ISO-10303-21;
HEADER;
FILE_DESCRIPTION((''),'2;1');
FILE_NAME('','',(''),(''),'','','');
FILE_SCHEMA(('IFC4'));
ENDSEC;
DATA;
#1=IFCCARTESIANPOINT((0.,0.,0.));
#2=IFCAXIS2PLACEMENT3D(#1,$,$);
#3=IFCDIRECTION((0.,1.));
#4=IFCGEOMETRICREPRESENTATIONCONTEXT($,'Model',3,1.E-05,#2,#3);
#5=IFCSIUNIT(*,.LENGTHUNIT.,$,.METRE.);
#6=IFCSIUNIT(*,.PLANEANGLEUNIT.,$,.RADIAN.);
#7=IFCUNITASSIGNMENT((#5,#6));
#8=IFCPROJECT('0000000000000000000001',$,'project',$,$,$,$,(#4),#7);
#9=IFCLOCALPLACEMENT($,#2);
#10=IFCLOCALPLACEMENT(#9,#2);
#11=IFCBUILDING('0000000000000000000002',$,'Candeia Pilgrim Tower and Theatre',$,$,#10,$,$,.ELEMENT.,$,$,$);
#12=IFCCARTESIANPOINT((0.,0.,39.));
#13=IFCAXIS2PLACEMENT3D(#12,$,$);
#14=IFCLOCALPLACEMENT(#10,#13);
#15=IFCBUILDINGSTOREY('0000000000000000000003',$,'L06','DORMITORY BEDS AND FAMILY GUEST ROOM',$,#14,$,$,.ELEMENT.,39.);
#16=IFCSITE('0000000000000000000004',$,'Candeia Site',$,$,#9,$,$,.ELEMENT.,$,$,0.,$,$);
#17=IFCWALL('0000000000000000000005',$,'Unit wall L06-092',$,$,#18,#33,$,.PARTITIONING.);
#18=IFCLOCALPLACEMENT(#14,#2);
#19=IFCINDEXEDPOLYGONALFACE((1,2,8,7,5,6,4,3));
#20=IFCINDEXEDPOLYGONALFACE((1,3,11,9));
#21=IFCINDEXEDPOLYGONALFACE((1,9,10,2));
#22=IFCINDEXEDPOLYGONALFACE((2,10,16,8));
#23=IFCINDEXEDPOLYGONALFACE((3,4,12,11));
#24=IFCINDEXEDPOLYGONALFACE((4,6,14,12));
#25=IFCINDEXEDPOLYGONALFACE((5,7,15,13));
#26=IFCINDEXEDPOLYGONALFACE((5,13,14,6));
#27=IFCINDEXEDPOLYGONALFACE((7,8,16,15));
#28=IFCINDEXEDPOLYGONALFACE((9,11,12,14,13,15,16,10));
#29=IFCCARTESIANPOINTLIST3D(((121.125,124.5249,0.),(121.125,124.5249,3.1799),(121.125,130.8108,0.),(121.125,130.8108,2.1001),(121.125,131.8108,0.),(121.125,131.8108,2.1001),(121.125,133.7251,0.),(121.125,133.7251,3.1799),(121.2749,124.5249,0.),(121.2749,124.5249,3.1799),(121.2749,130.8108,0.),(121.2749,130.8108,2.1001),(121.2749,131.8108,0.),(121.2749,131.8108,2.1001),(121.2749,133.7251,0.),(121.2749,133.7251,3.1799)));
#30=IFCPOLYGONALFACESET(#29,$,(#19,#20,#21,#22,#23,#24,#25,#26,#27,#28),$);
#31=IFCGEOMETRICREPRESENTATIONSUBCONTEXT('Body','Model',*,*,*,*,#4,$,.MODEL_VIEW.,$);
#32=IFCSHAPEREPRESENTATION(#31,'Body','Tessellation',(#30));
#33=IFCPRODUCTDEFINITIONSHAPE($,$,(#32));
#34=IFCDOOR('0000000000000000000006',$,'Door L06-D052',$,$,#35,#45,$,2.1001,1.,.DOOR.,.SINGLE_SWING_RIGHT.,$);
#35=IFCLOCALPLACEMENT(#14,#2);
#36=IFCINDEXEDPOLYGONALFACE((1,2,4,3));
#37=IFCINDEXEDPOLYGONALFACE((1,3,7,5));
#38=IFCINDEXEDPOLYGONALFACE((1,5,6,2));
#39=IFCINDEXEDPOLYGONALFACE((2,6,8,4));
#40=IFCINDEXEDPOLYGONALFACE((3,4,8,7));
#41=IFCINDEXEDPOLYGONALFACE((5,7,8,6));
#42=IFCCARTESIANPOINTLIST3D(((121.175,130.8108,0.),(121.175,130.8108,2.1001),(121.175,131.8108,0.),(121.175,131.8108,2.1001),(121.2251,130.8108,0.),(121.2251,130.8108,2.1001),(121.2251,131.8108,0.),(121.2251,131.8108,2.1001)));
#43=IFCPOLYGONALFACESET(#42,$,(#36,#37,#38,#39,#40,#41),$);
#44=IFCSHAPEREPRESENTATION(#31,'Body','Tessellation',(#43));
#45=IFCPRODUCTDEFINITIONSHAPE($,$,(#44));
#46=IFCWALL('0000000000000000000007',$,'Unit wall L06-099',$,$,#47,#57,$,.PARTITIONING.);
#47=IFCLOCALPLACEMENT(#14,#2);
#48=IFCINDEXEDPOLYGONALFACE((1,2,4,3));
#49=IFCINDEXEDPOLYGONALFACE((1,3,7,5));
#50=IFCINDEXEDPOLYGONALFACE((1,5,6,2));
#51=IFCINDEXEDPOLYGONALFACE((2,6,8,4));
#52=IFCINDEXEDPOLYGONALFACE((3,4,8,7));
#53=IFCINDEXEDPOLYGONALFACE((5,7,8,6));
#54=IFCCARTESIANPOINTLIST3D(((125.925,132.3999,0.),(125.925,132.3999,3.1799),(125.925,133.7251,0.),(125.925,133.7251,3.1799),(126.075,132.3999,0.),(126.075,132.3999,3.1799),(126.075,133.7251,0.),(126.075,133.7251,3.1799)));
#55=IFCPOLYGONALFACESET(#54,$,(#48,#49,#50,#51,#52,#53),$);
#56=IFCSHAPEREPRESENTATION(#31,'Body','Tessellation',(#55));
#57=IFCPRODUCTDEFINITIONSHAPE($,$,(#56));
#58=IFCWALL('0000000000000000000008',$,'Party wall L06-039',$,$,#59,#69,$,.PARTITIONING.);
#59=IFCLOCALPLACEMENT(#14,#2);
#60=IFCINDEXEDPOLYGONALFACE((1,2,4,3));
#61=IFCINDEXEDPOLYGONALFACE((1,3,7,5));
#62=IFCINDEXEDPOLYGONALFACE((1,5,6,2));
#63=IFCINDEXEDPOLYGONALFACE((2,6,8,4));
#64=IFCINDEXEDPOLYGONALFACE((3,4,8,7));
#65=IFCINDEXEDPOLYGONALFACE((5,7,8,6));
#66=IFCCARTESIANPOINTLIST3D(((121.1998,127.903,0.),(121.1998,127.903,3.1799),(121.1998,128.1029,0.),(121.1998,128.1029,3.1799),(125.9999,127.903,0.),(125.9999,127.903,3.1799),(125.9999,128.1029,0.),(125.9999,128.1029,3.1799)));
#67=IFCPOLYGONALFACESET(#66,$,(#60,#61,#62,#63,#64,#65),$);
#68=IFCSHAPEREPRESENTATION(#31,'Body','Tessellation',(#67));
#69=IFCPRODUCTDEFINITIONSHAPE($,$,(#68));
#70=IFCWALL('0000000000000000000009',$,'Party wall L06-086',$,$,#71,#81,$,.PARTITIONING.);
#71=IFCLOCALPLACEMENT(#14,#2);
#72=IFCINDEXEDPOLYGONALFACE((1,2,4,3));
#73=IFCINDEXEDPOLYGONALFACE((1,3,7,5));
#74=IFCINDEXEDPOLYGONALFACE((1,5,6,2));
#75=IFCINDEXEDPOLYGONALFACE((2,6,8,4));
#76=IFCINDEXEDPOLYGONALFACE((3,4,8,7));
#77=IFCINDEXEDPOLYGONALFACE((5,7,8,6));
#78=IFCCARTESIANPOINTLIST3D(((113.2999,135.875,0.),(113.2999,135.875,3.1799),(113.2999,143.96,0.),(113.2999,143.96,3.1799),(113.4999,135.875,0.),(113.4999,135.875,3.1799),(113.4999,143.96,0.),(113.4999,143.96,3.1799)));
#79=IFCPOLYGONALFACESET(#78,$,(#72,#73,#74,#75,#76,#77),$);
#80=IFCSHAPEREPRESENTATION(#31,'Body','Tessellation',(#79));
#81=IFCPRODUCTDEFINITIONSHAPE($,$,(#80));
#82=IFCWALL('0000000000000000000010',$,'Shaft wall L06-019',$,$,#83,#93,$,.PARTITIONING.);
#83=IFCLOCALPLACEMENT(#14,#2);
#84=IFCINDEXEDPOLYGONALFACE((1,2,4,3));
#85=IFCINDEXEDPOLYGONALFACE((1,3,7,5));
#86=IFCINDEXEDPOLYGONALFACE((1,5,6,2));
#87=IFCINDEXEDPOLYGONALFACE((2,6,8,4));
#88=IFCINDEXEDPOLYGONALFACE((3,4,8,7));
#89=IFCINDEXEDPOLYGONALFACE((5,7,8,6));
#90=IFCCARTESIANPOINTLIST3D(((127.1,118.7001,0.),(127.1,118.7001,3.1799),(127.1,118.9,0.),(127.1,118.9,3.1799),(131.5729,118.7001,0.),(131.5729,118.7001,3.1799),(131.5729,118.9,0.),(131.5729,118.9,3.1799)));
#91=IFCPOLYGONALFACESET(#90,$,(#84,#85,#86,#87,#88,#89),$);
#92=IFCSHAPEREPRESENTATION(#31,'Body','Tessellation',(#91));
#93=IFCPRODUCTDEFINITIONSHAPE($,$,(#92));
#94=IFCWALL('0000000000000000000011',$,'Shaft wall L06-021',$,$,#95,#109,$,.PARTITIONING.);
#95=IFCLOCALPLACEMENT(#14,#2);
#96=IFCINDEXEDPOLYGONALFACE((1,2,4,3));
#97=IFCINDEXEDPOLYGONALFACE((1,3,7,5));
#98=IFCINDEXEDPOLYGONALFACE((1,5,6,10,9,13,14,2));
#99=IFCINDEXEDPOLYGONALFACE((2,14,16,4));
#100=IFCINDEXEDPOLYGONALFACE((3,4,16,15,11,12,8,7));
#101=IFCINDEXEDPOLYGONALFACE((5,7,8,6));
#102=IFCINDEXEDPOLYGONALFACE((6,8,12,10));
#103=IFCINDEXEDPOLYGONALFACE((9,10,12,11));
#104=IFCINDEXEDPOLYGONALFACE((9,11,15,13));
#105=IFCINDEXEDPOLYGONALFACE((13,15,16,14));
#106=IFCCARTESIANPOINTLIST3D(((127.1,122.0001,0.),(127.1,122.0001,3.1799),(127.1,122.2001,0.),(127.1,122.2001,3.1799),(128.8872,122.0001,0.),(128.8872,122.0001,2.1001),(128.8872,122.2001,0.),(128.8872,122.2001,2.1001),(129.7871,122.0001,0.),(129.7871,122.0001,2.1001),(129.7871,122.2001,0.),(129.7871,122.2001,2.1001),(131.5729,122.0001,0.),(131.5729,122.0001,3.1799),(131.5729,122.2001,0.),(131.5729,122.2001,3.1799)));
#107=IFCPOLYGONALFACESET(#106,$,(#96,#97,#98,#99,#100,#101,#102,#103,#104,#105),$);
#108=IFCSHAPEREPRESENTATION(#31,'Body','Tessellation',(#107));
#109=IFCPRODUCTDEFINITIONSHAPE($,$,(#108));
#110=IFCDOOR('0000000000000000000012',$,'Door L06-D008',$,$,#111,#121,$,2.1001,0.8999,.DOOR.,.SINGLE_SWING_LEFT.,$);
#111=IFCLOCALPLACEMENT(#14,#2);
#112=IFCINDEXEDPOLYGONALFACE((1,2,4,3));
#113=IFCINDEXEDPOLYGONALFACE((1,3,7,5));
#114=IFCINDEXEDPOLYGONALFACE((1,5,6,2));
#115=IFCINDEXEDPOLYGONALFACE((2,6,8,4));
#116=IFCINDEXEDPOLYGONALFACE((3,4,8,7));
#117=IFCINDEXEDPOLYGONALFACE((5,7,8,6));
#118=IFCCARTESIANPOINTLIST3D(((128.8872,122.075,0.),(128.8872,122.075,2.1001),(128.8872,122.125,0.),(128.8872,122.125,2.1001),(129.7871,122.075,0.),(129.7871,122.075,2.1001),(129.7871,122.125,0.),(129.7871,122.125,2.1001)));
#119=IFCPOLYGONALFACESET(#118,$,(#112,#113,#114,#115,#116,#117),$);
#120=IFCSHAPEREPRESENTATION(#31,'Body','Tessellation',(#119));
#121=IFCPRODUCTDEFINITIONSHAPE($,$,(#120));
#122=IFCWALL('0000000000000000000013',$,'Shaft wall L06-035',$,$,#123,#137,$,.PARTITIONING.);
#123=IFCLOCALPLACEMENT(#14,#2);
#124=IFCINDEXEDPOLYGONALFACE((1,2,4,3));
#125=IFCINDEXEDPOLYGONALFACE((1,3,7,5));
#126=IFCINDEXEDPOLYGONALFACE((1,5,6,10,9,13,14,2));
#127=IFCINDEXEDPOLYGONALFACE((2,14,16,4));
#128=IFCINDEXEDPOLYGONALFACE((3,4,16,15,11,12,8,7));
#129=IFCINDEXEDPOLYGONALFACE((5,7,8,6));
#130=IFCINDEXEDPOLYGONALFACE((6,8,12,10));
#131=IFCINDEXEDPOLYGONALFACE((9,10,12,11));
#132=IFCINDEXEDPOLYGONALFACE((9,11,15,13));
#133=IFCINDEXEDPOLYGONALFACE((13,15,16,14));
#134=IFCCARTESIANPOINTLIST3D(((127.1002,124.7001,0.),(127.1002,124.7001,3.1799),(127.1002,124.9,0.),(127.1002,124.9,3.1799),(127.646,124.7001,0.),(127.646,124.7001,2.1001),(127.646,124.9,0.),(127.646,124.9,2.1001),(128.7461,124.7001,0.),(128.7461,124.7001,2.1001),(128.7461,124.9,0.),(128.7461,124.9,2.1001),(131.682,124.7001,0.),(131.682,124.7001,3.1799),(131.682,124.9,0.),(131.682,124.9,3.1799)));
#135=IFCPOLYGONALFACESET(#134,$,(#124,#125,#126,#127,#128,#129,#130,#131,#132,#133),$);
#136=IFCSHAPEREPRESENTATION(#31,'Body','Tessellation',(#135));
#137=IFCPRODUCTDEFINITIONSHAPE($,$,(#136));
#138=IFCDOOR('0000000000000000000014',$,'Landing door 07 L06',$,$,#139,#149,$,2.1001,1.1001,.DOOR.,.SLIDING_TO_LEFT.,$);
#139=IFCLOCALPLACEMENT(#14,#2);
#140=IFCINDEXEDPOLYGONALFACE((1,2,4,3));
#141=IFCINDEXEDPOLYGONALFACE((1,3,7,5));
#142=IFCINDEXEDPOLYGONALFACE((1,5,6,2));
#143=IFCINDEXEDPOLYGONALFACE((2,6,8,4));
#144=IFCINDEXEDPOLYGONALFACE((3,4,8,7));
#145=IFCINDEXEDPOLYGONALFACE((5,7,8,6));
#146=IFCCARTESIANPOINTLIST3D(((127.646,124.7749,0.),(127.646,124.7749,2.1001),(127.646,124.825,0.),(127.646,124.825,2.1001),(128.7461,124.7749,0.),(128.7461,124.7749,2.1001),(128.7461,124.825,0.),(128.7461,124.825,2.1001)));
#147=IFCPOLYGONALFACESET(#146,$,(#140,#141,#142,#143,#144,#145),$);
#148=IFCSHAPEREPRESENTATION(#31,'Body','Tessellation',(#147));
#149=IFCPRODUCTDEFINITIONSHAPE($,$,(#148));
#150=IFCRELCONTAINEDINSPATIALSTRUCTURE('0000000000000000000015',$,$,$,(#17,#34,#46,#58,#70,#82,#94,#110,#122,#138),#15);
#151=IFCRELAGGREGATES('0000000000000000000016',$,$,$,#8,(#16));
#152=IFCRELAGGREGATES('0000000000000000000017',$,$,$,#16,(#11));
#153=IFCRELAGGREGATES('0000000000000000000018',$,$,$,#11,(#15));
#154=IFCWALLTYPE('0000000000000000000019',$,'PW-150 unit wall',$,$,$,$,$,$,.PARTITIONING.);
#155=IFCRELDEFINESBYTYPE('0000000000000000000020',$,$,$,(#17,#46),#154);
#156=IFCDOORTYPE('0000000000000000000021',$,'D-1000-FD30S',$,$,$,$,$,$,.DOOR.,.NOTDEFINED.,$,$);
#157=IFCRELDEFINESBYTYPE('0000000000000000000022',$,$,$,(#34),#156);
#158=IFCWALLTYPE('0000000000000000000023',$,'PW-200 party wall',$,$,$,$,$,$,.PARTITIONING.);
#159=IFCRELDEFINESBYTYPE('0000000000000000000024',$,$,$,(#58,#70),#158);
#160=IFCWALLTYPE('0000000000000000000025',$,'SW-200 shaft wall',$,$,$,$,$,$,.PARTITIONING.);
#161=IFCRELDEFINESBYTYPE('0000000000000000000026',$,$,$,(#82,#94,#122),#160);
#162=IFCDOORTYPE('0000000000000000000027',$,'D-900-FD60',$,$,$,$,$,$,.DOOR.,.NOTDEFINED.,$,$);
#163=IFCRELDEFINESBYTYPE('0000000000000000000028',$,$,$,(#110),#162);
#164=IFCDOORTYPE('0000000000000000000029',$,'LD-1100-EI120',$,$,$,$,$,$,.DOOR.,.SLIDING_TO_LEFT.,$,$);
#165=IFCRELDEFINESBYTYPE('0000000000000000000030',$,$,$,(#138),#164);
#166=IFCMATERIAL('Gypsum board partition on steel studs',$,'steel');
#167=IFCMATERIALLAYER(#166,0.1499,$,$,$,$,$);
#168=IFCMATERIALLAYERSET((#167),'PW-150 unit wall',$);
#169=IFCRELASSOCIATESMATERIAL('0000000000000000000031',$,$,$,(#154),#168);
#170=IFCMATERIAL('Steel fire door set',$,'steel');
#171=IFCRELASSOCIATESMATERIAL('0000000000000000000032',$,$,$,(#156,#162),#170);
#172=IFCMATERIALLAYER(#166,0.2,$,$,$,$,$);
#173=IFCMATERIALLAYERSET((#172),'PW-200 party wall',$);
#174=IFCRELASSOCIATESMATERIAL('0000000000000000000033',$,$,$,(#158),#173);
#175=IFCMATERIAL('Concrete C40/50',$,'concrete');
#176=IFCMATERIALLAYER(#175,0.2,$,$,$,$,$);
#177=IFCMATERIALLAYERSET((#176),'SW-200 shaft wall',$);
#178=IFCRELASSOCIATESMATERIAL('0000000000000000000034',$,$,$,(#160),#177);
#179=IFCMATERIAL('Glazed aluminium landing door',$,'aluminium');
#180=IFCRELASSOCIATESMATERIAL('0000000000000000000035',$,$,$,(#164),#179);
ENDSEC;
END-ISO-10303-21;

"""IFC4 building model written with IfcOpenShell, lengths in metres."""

from ifc_helpers import new_model, si_unit, direction, frame, frame_2d, origin, place, context, subcontext, project, spatial, rectangle, extrude, material, layer, layer_set, type_object, element, fill, save


model = new_model("IFC4")

# Units and contexts
model_context = context("Model", 3, precision=1e-05, world=origin(), true_north=direction((0.0, 1.0)))
body_context = subcontext(model_context, "Body", "Model", "MODEL_VIEW")
ifc_project = project(units=[si_unit("LENGTHUNIT", "METRE"), si_unit("PLANEANGLEUNIT", "RADIAN")], contexts=[model_context])

# Site, building, storey
site_placement = place(None, origin())
site = spatial("IfcSite", under=ifc_project, at=site_placement, Name="Candeia Site", CompositionType="ELEMENT", RefElevation=0.0)
building_placement = place(site_placement, origin())
building = spatial("IfcBuilding", under=site, at=building_placement, Name="Candeia Pilgrim Tower and Theatre", CompositionType="ELEMENT")
storey_placement = place(building_placement, frame((0.0, 0.0, 39.0)))
storey = spatial("IfcBuildingStorey", under=building, at=storey_placement, Name="L06", Description="DORMITORY BEDS AND FAMILY GUEST ROOM", CompositionType="ELEMENT", Elevation=39.0)

# Shared definitions
ifc_material_1 = material(Name="Steel fire door set", Category="steel")
ifc_material_2 = material(Name="Gypsum board partition on steel studs", Category="steel")

# Shared definitions
ifc_layer_1 = layer(ifc_material_2, 0.1499)
ifc_layer_set_1 = layer_set([ifc_layer_1], Name="PW-150 unit wall")
wall_type_1 = type_object("IfcWallType", Name="PW-150 unit wall", PredefinedType="PARTITIONING", material=ifc_layer_set_1)

# Wall, opening, door
door_type_1 = type_object("IfcDoorType", Name="D-1000-FD30S", OperationType="NOTDEFINED", PredefinedType="DOOR", material=ifc_material_1)
wall_1_placement = place(storey_placement, frame((121.2, 124.5249, 0.0), z_axis=(0.0, 0.0, 1.0), x_axis=(0.0, 1.0, 0.0)))
wall_1 = element("IfcWall", 1, at=wall_1_placement, inside=storey, type_object=wall_type_1, Name="Unit wall L06-092", PredefinedType="PARTITIONING", context=body_context, shape_type="SweptSolid", body=[
    extrude(rectangle(XDim=9.2002, YDim=0.1499, at=frame_2d((4.6001, 0.0))), origin(), (0.0, 0.0, 1.0), 3.1799),
])
opening_1_placement = place(wall_1_placement, frame((6.2859, 0.0, 0.0)))
opening_1 = element("IfcOpeningElement", 2, at=opening_1_placement, cuts=wall_1, PredefinedType="OPENING", context=body_context, shape_type="SweptSolid", body=[
    extrude(rectangle(XDim=1.0, YDim=2.1001, at=frame_2d((0.5, 1.05))), frame((0.0, 0.085, 0.0), z_axis=(0.0, -1.0, 0.0), x_axis=(1.0, 0.0, 0.0)), (0.0, 0.0, 1.0), 0.1699),
])
door_1_placement = place(opening_1_placement, origin())
door_1 = element("IfcDoor", 3, at=door_1_placement, inside=storey, type_object=door_type_1, Name="Door L06-D052", OperationType="SINGLE_SWING_RIGHT", OverallHeight=2.1001, OverallWidth=1.0, PredefinedType="DOOR", context=body_context, shape_type="SweptSolid", body=[
    extrude(rectangle(XDim=1.0, YDim=2.1001, at=frame_2d((0.5, 1.05))), frame((0.0, 0.0249, 0.0), z_axis=(0.0, -1.0, 0.0), x_axis=(1.0, 0.0, 0.0)), (0.0, 0.0, 1.0), 0.05),
])
fill(opening_1, door_1)

# Walls
wall_2_placement = place(storey_placement, frame((126.0, 132.3999, 0.0), z_axis=(0.0, 0.0, 1.0), x_axis=(0.0, 1.0, 0.0)))
element("IfcWall", 4, at=wall_2_placement, inside=storey, type_object=wall_type_1, Name="Unit wall L06-099", PredefinedType="PARTITIONING", context=body_context, shape_type="SweptSolid", body=[
    extrude(rectangle(XDim=1.3252, YDim=0.1499, at=frame_2d((0.6626, 0.0))), origin(), (0.0, 0.0, 1.0), 3.1799),
])
ifc_layer_2 = layer(ifc_material_2, 0.2)
ifc_layer_set_2 = layer_set([ifc_layer_2], Name="PW-200 party wall")
wall_type_2 = type_object("IfcWallType", Name="PW-200 party wall", PredefinedType="PARTITIONING", material=ifc_layer_set_2)
wall_3_placement = place(storey_placement, frame((121.2, 128.0029, 0.0), z_axis=(0.0, 0.0, 1.0), x_axis=(1.0, 0.0, 0.0)))
element("IfcWall", 5, at=wall_3_placement, inside=storey, type_object=wall_type_2, Name="Party wall L06-039", PredefinedType="PARTITIONING", context=body_context, shape_type="SweptSolid", body=[
    extrude(rectangle(XDim=4.8, YDim=0.2, at=frame_2d((2.3999, 0.0))), origin(), (0.0, 0.0, 1.0), 3.1799),
])
wall_4_placement = place(storey_placement, frame((113.3999, 135.875, 0.0), z_axis=(0.0, 0.0, 1.0), x_axis=(0.0, 1.0, 0.0)))
element("IfcWall", 6, at=wall_4_placement, inside=storey, type_object=wall_type_2, Name="Party wall L06-086", PredefinedType="PARTITIONING", context=body_context, shape_type="SweptSolid", body=[
    extrude(rectangle(XDim=8.085, YDim=0.2, at=frame_2d((4.0425, 0.0))), origin(), (0.0, 0.0, 1.0), 3.1799),
])
ifc_material_3 = material(Name="Concrete C40/50", Category="concrete")
ifc_layer_3 = layer(ifc_material_3, 0.2)
ifc_layer_set_3 = layer_set([ifc_layer_3], Name="SW-200 shaft wall")
wall_type_3 = type_object("IfcWallType", Name="SW-200 shaft wall", PredefinedType="PARTITIONING", material=ifc_layer_set_3)
wall_5_placement = place(storey_placement, frame((127.1001, 118.8, 0.0), z_axis=(0.0, 0.0, 1.0), x_axis=(1.0, 0.0, 0.0)))
element("IfcWall", 7, at=wall_5_placement, inside=storey, type_object=wall_type_3, Name="Shaft wall L06-019", PredefinedType="PARTITIONING", context=body_context, shape_type="SweptSolid", body=[
    extrude(rectangle(XDim=4.4729, YDim=0.2, at=frame_2d((2.2363, 0.0))), origin(), (0.0, 0.0, 1.0), 3.1799),
])

# Walls, openings, doors
wall_6_placement = place(storey_placement, frame((127.1001, 122.1001, 0.0), z_axis=(0.0, 0.0, 1.0), x_axis=(1.0, 0.0, 0.0)))
wall_6 = element("IfcWall", 8, at=wall_6_placement, inside=storey, type_object=wall_type_3, Name="Shaft wall L06-021", PredefinedType="PARTITIONING", context=body_context, shape_type="SweptSolid", body=[
    extrude(rectangle(XDim=4.4729, YDim=0.2, at=frame_2d((2.2363, 0.0))), origin(), (0.0, 0.0, 1.0), 3.1799),
])
opening_2_placement = place(wall_6_placement, frame((1.7871, 0.0, 0.0)))
opening_2 = element("IfcOpeningElement", 9, at=opening_2_placement, cuts=wall_6, PredefinedType="OPENING", context=body_context, shape_type="SweptSolid", body=[
    extrude(rectangle(XDim=0.8999, YDim=2.1001, at=frame_2d((0.45, 1.05))), frame((0.0, 0.1099, 0.0), z_axis=(0.0, -1.0, 0.0), x_axis=(1.0, 0.0, 0.0)), (0.0, 0.0, 1.0), 0.22),
])
door_type_2 = type_object("IfcDoorType", Name="D-900-FD60", OperationType="NOTDEFINED", PredefinedType="DOOR", material=ifc_material_1)
door_2_placement = place(opening_2_placement, origin())
door_2 = element("IfcDoor", 10, at=door_2_placement, inside=storey, type_object=door_type_2, Name="Door L06-D008", OperationType="SINGLE_SWING_LEFT", OverallHeight=2.1001, OverallWidth=0.8999, PredefinedType="DOOR", context=body_context, shape_type="SweptSolid", body=[
    extrude(rectangle(XDim=0.8999, YDim=2.1001, at=frame_2d((0.45, 1.05))), frame((0.0, 0.0249, 0.0), z_axis=(0.0, -1.0, 0.0), x_axis=(1.0, 0.0, 0.0)), (0.0, 0.0, 1.0), 0.05),
])
fill(opening_2, door_2)
wall_7_placement = place(storey_placement, frame((127.1001, 124.8, 0.0), z_axis=(0.0, 0.0, 1.0), x_axis=(1.0, 0.0, 0.0)))
wall_7 = element("IfcWall", 11, at=wall_7_placement, inside=storey, type_object=wall_type_3, Name="Shaft wall L06-035", PredefinedType="PARTITIONING", context=body_context, shape_type="SweptSolid", body=[
    extrude(rectangle(XDim=4.5818, YDim=0.2, at=frame_2d((2.291, 0.0))), origin(), (0.0, 0.0, 1.0), 3.1799),
])
opening_3_placement = place(wall_7_placement, frame((0.5459, 0.0, 0.0)))
opening_3 = element("IfcOpeningElement", 12, at=opening_3_placement, cuts=wall_7, PredefinedType="OPENING", context=body_context, shape_type="SweptSolid", body=[
    extrude(rectangle(XDim=1.1001, YDim=2.1001, at=frame_2d((0.55, 1.05))), frame((0.0, 0.1099, 0.0), z_axis=(0.0, -1.0, 0.0), x_axis=(1.0, 0.0, 0.0)), (0.0, 0.0, 1.0), 0.22),
])
ifc_material_4 = material(Name="Glazed aluminium landing door", Category="aluminium")
door_type_3 = type_object("IfcDoorType", Name="LD-1100-EI120", OperationType="SLIDING_TO_LEFT", PredefinedType="DOOR", material=ifc_material_4)
door_3_placement = place(opening_3_placement, origin())
door_3 = element("IfcDoor", 13, at=door_3_placement, inside=storey, type_object=door_type_3, Name="Landing door 07 L06", OperationType="SLIDING_TO_LEFT", OverallHeight=2.1001, OverallWidth=1.1001, PredefinedType="DOOR", context=body_context, shape_type="SweptSolid", body=[
    extrude(rectangle(XDim=1.1001, YDim=2.1001, at=frame_2d((0.55, 1.05))), frame((0.0, 0.0249, 0.0), z_axis=(0.0, -1.0, 0.0), x_axis=(1.0, 0.0, 0.0)), (0.0, 0.0, 1.0), 0.05),
])
fill(opening_3, door_3)

save(model, "model.ifc")
